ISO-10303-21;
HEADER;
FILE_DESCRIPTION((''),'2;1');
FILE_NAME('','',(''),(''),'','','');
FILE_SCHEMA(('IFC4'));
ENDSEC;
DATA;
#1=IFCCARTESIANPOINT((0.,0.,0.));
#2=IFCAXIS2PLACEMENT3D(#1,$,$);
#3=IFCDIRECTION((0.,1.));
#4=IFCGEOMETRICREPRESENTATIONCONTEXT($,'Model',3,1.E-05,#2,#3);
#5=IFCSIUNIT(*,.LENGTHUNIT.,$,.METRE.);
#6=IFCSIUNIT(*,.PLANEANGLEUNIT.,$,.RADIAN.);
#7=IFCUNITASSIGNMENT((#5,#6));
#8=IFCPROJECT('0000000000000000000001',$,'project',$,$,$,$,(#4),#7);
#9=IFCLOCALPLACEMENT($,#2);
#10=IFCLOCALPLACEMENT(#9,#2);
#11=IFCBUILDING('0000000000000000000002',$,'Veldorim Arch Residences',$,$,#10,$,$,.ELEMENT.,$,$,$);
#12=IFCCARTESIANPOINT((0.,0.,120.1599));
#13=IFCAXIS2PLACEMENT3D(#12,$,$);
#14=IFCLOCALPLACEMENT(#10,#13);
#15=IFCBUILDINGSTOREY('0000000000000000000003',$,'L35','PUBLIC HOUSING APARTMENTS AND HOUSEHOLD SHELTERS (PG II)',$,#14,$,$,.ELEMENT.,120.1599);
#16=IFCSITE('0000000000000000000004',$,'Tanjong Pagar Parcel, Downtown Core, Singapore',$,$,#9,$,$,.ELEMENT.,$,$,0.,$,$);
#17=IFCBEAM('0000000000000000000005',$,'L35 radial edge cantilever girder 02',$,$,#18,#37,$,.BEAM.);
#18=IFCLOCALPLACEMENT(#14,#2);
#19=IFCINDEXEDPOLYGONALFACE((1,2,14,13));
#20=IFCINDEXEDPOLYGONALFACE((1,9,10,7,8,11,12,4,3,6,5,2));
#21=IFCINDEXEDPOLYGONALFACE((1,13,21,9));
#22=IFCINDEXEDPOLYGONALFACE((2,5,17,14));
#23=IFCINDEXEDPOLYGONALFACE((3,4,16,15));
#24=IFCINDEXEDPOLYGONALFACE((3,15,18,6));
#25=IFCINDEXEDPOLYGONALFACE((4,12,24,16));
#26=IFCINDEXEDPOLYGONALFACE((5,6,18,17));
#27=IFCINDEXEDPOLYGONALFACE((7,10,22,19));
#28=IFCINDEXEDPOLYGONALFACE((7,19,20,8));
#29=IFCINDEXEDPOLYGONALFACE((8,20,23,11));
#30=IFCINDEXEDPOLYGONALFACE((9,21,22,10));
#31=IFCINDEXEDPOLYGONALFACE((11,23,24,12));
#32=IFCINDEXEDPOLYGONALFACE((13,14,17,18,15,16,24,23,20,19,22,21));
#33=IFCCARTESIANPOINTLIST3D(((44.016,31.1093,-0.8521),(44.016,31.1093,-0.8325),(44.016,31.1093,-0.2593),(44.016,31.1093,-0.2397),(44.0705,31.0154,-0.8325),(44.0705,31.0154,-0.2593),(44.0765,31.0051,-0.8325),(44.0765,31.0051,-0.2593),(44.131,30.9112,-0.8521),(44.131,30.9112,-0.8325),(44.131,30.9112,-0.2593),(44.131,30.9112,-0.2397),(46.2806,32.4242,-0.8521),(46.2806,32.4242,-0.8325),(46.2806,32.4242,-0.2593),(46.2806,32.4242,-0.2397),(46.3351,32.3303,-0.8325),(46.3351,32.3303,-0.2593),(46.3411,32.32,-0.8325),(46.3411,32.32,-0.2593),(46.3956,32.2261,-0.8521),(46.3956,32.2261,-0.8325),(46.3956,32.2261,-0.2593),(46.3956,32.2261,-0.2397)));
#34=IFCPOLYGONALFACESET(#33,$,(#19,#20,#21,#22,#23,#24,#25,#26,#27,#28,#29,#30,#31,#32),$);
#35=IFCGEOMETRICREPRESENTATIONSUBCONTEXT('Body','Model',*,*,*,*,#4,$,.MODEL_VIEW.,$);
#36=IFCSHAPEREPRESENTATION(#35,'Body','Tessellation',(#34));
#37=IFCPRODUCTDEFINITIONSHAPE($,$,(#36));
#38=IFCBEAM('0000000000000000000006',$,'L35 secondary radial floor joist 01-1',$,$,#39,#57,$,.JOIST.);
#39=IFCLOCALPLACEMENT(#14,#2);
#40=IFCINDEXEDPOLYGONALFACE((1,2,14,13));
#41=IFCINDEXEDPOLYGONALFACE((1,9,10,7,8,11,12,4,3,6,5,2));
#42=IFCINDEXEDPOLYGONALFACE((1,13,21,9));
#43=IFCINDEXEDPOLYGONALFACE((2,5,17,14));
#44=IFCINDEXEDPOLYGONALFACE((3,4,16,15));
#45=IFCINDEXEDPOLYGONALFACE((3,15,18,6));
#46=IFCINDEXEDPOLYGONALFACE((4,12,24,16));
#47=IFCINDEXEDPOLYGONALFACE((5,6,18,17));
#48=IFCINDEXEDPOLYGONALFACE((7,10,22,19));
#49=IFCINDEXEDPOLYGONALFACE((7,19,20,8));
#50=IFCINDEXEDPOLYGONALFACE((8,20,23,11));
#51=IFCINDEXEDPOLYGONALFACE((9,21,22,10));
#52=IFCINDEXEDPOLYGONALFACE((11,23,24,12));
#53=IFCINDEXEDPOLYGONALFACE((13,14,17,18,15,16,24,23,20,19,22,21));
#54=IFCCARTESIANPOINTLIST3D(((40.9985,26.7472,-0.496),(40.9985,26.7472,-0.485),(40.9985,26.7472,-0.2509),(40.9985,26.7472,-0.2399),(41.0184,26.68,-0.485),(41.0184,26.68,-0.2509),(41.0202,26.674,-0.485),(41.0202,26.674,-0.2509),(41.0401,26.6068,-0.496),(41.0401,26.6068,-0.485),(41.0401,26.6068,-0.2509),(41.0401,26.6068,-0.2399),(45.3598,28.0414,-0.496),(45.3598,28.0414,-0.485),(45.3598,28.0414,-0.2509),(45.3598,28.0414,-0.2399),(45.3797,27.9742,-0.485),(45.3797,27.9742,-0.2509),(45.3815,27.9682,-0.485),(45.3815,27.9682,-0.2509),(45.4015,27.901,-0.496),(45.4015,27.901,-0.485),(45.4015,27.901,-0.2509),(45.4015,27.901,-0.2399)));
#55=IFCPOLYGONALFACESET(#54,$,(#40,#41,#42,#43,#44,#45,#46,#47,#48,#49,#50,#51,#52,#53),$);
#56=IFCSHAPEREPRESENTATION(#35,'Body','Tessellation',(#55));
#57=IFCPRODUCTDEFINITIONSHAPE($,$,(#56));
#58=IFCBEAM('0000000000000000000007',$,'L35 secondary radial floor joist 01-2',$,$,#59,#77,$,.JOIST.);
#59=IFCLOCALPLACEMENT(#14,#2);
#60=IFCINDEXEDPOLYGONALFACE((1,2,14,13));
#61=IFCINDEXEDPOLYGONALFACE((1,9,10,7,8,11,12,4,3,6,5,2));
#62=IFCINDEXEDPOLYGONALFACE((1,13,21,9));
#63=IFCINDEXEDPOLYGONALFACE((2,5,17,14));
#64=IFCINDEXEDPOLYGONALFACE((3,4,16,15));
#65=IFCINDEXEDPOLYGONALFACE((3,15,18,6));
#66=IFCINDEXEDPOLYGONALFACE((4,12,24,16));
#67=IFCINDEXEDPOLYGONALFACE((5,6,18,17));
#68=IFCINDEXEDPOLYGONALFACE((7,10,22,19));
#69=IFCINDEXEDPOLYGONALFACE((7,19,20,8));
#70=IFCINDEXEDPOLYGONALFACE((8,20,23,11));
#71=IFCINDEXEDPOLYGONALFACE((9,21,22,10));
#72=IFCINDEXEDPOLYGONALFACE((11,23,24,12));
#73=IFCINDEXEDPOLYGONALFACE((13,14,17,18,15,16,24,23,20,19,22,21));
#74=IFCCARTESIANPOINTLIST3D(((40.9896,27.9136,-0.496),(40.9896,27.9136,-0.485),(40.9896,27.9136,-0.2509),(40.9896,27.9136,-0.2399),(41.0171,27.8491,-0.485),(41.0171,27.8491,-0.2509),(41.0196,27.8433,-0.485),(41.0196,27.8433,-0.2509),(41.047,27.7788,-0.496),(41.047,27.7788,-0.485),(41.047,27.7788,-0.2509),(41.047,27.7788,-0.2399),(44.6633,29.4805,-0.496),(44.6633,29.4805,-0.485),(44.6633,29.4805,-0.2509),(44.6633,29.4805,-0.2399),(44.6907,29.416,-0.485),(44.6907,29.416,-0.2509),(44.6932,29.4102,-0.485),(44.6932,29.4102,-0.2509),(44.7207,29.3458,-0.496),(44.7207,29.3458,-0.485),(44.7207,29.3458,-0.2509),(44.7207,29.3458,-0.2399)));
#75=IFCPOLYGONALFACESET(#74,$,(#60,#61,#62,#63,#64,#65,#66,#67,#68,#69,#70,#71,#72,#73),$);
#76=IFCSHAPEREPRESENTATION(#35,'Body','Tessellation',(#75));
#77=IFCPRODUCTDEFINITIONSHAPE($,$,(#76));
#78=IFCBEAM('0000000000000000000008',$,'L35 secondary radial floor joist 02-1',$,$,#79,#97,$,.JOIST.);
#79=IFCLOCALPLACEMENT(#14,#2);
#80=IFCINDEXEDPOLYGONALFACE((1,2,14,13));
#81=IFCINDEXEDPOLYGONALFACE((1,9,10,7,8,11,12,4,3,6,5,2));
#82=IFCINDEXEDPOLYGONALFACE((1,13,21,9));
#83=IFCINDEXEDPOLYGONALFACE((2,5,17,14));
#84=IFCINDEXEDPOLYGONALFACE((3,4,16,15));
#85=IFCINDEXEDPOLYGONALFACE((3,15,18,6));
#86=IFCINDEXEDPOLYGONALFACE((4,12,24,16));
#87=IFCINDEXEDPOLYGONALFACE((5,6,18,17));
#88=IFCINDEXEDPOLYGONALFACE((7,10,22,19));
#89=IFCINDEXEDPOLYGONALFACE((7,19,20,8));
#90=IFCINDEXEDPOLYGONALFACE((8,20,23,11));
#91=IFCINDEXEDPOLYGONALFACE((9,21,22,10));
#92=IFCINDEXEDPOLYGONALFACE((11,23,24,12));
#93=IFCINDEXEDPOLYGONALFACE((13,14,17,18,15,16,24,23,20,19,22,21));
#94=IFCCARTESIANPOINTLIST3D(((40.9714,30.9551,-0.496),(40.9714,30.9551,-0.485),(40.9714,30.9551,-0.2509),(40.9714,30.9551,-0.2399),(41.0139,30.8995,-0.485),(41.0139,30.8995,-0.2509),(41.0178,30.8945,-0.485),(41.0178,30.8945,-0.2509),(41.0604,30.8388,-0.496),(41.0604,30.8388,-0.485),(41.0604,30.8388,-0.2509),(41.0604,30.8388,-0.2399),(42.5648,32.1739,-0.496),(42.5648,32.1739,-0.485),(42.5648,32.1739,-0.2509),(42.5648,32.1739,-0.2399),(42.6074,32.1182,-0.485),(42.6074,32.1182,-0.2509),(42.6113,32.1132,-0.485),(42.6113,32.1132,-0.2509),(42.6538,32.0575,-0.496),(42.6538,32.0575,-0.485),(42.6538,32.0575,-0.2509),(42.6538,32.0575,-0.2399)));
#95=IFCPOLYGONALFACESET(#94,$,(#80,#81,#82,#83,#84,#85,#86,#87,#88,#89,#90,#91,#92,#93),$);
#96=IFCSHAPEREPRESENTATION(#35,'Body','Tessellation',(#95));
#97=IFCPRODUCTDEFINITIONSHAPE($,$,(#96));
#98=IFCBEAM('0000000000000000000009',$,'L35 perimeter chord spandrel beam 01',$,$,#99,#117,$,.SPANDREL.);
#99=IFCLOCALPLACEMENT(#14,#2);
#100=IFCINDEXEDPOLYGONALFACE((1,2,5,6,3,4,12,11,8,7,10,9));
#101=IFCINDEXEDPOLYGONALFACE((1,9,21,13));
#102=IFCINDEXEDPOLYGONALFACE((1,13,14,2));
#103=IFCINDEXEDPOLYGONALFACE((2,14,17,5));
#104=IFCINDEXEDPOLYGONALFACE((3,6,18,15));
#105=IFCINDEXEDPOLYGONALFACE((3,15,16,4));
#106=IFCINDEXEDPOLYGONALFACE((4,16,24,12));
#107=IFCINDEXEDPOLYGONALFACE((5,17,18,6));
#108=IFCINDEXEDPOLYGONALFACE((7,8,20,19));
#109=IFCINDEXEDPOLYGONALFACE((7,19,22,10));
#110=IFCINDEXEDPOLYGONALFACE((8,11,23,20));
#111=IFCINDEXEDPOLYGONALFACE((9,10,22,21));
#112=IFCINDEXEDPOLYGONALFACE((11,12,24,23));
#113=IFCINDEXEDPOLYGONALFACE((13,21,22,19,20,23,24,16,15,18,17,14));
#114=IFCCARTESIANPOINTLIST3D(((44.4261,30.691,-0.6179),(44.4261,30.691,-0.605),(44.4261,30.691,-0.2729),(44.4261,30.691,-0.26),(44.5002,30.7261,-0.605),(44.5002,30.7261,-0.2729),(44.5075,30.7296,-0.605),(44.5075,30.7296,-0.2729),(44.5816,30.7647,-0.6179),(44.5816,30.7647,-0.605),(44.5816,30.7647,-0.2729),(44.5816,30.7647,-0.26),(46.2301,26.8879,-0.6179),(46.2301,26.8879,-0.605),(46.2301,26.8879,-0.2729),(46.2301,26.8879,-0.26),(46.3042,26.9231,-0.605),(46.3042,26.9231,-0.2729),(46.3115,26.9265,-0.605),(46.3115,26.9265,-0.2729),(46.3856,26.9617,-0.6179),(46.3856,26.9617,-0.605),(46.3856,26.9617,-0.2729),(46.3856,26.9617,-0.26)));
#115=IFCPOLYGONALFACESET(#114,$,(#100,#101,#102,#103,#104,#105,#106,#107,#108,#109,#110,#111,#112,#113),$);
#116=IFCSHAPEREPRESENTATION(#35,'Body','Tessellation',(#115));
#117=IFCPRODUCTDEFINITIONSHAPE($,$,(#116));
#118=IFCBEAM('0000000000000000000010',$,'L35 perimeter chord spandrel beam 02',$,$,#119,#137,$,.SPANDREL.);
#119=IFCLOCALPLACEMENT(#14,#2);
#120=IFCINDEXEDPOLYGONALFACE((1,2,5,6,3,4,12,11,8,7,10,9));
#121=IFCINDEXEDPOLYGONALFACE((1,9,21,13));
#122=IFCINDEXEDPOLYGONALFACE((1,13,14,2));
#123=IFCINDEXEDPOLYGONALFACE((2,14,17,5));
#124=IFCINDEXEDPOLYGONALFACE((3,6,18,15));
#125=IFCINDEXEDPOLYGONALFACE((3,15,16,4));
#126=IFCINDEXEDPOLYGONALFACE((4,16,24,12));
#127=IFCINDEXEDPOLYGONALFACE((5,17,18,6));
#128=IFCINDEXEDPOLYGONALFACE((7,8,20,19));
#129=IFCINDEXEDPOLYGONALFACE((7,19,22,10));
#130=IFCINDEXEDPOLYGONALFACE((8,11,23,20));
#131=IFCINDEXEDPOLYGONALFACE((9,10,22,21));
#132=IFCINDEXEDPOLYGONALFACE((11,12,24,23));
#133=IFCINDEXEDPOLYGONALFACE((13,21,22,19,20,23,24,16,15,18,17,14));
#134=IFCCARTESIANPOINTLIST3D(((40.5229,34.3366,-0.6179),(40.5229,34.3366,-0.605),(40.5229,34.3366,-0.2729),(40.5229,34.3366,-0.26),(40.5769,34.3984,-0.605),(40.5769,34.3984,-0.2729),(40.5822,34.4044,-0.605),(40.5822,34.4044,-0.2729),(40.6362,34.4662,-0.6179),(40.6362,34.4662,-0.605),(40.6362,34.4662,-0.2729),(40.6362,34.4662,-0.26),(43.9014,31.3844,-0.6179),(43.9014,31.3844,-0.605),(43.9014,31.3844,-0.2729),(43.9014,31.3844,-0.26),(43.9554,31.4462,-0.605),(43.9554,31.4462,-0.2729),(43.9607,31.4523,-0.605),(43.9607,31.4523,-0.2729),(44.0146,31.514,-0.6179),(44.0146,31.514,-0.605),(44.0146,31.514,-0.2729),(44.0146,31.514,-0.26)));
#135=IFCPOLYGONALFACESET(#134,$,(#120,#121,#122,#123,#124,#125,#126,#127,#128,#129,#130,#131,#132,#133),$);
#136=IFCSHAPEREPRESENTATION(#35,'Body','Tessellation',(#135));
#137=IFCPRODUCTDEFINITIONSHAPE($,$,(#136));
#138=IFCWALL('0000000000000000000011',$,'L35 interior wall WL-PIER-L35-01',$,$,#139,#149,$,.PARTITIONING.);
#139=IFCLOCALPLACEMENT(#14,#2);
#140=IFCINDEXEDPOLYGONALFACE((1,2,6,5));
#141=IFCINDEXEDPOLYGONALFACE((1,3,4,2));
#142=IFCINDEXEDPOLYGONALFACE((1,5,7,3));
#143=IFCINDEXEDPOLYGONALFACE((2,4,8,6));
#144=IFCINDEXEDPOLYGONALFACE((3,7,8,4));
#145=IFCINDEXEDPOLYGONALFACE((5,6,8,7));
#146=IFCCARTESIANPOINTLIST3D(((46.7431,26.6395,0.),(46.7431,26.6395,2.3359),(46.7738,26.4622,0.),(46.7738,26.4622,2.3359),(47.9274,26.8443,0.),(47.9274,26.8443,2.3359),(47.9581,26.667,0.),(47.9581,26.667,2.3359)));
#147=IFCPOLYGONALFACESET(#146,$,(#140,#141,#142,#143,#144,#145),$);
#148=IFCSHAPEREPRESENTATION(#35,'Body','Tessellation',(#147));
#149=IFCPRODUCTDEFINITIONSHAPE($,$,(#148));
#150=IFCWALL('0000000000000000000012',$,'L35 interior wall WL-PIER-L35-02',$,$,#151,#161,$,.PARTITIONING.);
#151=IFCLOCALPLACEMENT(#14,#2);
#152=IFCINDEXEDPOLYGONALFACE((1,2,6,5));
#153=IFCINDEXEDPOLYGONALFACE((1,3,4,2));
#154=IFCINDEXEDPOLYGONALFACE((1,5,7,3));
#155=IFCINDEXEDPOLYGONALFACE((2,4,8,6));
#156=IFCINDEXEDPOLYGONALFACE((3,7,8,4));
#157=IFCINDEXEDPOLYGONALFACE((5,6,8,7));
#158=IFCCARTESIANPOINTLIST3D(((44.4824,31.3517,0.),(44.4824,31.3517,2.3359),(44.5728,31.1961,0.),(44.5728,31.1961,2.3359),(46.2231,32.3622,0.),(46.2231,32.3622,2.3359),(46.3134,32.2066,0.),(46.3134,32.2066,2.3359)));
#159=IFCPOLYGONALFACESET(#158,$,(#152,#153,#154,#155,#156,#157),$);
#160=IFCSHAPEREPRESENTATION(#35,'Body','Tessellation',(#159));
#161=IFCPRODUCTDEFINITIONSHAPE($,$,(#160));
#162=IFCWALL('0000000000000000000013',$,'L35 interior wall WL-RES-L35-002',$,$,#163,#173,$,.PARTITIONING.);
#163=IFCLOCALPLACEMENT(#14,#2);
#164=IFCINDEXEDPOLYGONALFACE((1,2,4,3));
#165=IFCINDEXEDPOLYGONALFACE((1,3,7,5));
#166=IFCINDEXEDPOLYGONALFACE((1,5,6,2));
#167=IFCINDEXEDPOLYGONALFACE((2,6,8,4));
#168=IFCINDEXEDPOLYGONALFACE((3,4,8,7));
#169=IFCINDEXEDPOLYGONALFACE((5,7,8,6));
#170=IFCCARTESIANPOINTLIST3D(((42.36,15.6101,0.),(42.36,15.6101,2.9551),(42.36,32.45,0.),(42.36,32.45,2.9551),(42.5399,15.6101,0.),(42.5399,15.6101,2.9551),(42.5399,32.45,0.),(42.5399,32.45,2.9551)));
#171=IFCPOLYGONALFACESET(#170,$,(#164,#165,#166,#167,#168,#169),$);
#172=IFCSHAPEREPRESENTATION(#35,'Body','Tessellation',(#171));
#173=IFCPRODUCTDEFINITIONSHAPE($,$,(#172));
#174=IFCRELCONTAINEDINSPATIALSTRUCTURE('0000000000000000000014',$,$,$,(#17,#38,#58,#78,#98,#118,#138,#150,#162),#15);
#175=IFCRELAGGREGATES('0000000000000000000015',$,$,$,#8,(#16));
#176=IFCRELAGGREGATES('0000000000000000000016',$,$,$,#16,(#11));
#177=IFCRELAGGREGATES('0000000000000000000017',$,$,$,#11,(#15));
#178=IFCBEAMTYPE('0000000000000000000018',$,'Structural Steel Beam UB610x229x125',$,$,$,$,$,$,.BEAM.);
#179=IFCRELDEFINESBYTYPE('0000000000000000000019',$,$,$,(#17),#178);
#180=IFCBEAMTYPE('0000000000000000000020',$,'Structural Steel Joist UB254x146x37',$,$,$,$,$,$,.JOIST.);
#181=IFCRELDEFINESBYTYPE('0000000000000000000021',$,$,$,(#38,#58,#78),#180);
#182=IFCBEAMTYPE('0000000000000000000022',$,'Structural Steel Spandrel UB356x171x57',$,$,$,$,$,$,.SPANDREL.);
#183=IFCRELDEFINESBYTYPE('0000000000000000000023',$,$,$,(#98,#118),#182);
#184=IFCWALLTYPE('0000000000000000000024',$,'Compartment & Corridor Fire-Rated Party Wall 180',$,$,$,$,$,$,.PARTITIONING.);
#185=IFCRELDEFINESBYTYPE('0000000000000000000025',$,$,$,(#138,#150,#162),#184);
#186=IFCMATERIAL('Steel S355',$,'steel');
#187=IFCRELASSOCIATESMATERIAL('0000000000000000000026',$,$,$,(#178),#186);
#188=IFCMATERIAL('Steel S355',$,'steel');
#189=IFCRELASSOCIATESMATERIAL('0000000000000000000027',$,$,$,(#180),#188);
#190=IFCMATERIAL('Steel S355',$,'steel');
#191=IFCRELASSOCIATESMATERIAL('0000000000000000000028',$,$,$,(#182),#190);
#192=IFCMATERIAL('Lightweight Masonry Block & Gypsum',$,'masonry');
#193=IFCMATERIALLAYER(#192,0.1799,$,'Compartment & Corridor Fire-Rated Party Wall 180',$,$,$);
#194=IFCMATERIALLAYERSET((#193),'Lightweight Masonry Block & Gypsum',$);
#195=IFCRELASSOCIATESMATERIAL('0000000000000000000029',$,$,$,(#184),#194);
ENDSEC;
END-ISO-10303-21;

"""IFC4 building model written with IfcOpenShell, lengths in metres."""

from ifc_helpers import new_model, si_unit, direction, frame, frame_2d, origin, origin_2d, place, context, subcontext, project, spatial, rectangle, i_section, extrude, material, layer, layer_set, material_profile, profile_set, type_object, element, save


model = new_model("IFC4")

# Units and contexts
model_context = context("Model", 3, precision=1e-05, world=origin(), true_north=direction((0.0, 1.0)))
body_context = subcontext(model_context, "Body", "Model", "MODEL_VIEW")
ifc_project = project(units=[si_unit("LENGTHUNIT", "METRE"), si_unit("PLANEANGLEUNIT", "RADIAN")], contexts=[model_context])

# Site, building, storey
site_placement = place(None, origin())
site = spatial("IfcSite", under=ifc_project, at=site_placement, Name="Tanjong Pagar Parcel, Downtown Core, Singapore", CompositionType="ELEMENT", RefElevation=0.0)
building_placement = place(site_placement, origin())
building = spatial("IfcBuilding", under=site, at=building_placement, Name="Veldorim Arch Residences", CompositionType="ELEMENT")
storey_placement = place(building_placement, frame((0.0, 0.0, 120.1599)))
storey = spatial("IfcBuildingStorey", under=building, at=storey_placement, Name="L35", Description="PUBLIC HOUSING APARTMENTS AND HOUSEHOLD SHELTERS (PG II)", CompositionType="ELEMENT", Elevation=120.1599)

# Beams
ifc_material_1 = material(Name="Steel S355", Category="steel")
ifc_material_profile_1 = material_profile(ifc_material_1, i_section(OverallWidth=0.229, OverallDepth=0.6123, WebThickness=0.012, FlangeThickness=0.0195, at=origin_2d()), Name="UB610x229x125")
ifc_profile_set_1 = profile_set([ifc_material_profile_1], Name="Steel S355")
beam_type_1 = type_object("IfcBeamType", Name="Structural Steel Beam UB610x229x125", PredefinedType="BEAM", material=ifc_profile_set_1)
beam_1_placement = place(storey_placement, frame((44.0735, 31.0103, -0.5459), z_axis=(0.864792, 0.502131, 0.0), x_axis=(-0.502131, 0.864792, 0.0)))
element("IfcBeam", 1, at=beam_1_placement, inside=storey, type_object=beam_type_1, Name="L35 radial edge cantilever girder 02", PredefinedType="BEAM", context=body_context, shape_type="SweptSolid", body=[
    extrude(i_section(OverallWidth=0.229, OverallDepth=0.6123, WebThickness=0.012, FlangeThickness=0.0195, at=origin_2d()), origin(), (0.0, 0.0, 1.0), 2.6187),
])
ifc_material_2 = material(Name="Steel S355", Category="steel")
ifc_material_profile_2 = material_profile(ifc_material_2, i_section(OverallWidth=0.1465, OverallDepth=0.2561, WebThickness=0.0063, FlangeThickness=0.011, at=origin_2d()), Name="UB254x146x37")
ifc_profile_set_2 = profile_set([ifc_material_profile_2], Name="Steel S355")
beam_type_2 = type_object("IfcBeamType", Name="Structural Steel Joist UB254x146x37", PredefinedType="JOIST", material=ifc_profile_set_2)
beam_2_placement = place(storey_placement, frame((41.0193, 26.677, -0.3679), z_axis=(0.958682, 0.284481, 0.0), x_axis=(-0.284481, 0.958682, 0.0)))
element("IfcBeam", 2, at=beam_2_placement, inside=storey, type_object=beam_type_2, Name="L35 secondary radial floor joist 01-1", PredefinedType="JOIST", context=body_context, shape_type="SweptSolid", body=[
    extrude(i_section(OverallWidth=0.1465, OverallDepth=0.2561, WebThickness=0.0063, FlangeThickness=0.011, at=origin_2d()), origin(), (0.0, 0.0, 1.0), 4.5493),
])
beam_3_placement = place(storey_placement, frame((41.0183, 27.8462, -0.3679), z_axis=(0.919823, 0.392332, 0.0), x_axis=(-0.392332, 0.919823, 0.0)))
element("IfcBeam", 3, at=beam_3_placement, inside=storey, type_object=beam_type_2, Name="L35 secondary radial floor joist 01-2", PredefinedType="JOIST", context=body_context, shape_type="SweptSolid", body=[
    extrude(i_section(OverallWidth=0.1465, OverallDepth=0.2561, WebThickness=0.0063, FlangeThickness=0.011, at=origin_2d()), origin(), (0.0, 0.0, 1.0), 3.9939),
])
beam_4_placement = place(storey_placement, frame((41.0159, 30.897, -0.3679), z_axis=(0.794313, 0.607509, 0.0), x_axis=(-0.607509, 0.794313, 0.0)))
element("IfcBeam", 4, at=beam_4_placement, inside=storey, type_object=beam_type_2, Name="L35 secondary radial floor joist 02-1", PredefinedType="JOIST", context=body_context, shape_type="SweptSolid", body=[
    extrude(i_section(OverallWidth=0.1465, OverallDepth=0.2561, WebThickness=0.0063, FlangeThickness=0.011, at=origin_2d()), origin(), (0.0, 0.0, 1.0), 2.0061),
])
ifc_material_3 = material(Name="Steel S355", Category="steel")
ifc_material_profile_3 = material_profile(ifc_material_3, i_section(OverallWidth=0.1721, OverallDepth=0.3579, WebThickness=0.0081, FlangeThickness=0.0129, at=origin_2d()), Name="UB356x171x57")
ifc_profile_set_3 = profile_set([ifc_material_profile_3], Name="Steel S355")
beam_type_3 = type_object("IfcBeamType", Name="Structural Steel Spandrel UB356x171x57", PredefinedType="SPANDREL", material=ifc_profile_set_3)
beam_5_placement = place(storey_placement, frame((46.3079, 26.9248, -0.439), z_axis=(-0.42858, 0.903504, 0.0), x_axis=(-0.903504, -0.42858, 0.0)))
element("IfcBeam", 5, at=beam_5_placement, inside=storey, type_object=beam_type_3, Name="L35 perimeter chord spandrel beam 01", PredefinedType="SPANDREL", context=body_context, shape_type="SweptSolid", body=[
    extrude(i_section(OverallWidth=0.1721, OverallDepth=0.3579, WebThickness=0.0081, FlangeThickness=0.0129, at=origin_2d()), origin(), (0.0, 0.0, 1.0), 4.2092),
])
beam_6_placement = place(storey_placement, frame((43.958, 31.4492, -0.439), z_axis=(-0.753015, 0.658004, 0.0), x_axis=(-0.658004, -0.753015, 0.0)))
element("IfcBeam", 6, at=beam_6_placement, inside=storey, type_object=beam_type_3, Name="L35 perimeter chord spandrel beam 02", PredefinedType="SPANDREL", context=body_context, shape_type="SweptSolid", body=[
    extrude(i_section(OverallWidth=0.1721, OverallDepth=0.3579, WebThickness=0.0081, FlangeThickness=0.0129, at=origin_2d()), origin(), (0.0, 0.0, 1.0), 4.4866),
])

# Walls
ifc_material_4 = material(Name="Lightweight Masonry Block & Gypsum", Category="masonry")
ifc_layer_1 = layer(ifc_material_4, 0.1799, Name="Compartment & Corridor Fire-Rated Party Wall 180")
ifc_layer_set_1 = layer_set([ifc_layer_1], Name="Lightweight Masonry Block & Gypsum")
wall_type_1 = type_object("IfcWallType", Name="Compartment & Corridor Fire-Rated Party Wall 180", PredefinedType="PARTITIONING", material=ifc_layer_set_1)
wall_1_placement = place(storey_placement, frame((46.7583, 26.5508, 0.0), z_axis=(0.0, 0.0, 1.0), x_axis=(0.985371, 0.170424, 0.0)))
element("IfcWall", 7, at=wall_1_placement, inside=storey, type_object=wall_type_1, Name="L35 interior wall WL-PIER-L35-01", PredefinedType="PARTITIONING", context=body_context, shape_type="SweptSolid", body=[
    extrude(rectangle(XDim=1.2019, YDim=0.1799, at=frame_2d((0.6011, 0.0))), origin(), (0.0, 0.0, 1.0), 2.3359),
])
wall_2_placement = place(storey_placement, frame((44.5276, 31.2739, 0.0), z_axis=(0.0, 0.0, 1.0), x_axis=(0.864842, 0.502045, 0.0)))
element("IfcWall", 8, at=wall_2_placement, inside=storey, type_object=wall_type_1, Name="L35 interior wall WL-PIER-L35-02", PredefinedType="PARTITIONING", context=body_context, shape_type="SweptSolid", body=[
    extrude(rectangle(XDim=2.0127, YDim=0.1799, at=frame_2d((1.0063, 0.0))), origin(), (0.0, 0.0, 1.0), 2.3359),
])
wall_3_placement = place(storey_placement, frame((42.45, 32.45, 0.0), z_axis=(0.0, 0.0, 1.0), x_axis=(0.0, -1.0, 0.0)))
element("IfcWall", 9, at=wall_3_placement, inside=storey, type_object=wall_type_1, Name="L35 interior wall WL-RES-L35-002", PredefinedType="PARTITIONING", context=body_context, shape_type="SweptSolid", body=[
    extrude(rectangle(XDim=16.8398, YDim=0.1799, at=frame_2d((8.4199, 0.0))), origin(), (0.0, 0.0, 1.0), 2.9551),
])

save(model, "model.ifc")
